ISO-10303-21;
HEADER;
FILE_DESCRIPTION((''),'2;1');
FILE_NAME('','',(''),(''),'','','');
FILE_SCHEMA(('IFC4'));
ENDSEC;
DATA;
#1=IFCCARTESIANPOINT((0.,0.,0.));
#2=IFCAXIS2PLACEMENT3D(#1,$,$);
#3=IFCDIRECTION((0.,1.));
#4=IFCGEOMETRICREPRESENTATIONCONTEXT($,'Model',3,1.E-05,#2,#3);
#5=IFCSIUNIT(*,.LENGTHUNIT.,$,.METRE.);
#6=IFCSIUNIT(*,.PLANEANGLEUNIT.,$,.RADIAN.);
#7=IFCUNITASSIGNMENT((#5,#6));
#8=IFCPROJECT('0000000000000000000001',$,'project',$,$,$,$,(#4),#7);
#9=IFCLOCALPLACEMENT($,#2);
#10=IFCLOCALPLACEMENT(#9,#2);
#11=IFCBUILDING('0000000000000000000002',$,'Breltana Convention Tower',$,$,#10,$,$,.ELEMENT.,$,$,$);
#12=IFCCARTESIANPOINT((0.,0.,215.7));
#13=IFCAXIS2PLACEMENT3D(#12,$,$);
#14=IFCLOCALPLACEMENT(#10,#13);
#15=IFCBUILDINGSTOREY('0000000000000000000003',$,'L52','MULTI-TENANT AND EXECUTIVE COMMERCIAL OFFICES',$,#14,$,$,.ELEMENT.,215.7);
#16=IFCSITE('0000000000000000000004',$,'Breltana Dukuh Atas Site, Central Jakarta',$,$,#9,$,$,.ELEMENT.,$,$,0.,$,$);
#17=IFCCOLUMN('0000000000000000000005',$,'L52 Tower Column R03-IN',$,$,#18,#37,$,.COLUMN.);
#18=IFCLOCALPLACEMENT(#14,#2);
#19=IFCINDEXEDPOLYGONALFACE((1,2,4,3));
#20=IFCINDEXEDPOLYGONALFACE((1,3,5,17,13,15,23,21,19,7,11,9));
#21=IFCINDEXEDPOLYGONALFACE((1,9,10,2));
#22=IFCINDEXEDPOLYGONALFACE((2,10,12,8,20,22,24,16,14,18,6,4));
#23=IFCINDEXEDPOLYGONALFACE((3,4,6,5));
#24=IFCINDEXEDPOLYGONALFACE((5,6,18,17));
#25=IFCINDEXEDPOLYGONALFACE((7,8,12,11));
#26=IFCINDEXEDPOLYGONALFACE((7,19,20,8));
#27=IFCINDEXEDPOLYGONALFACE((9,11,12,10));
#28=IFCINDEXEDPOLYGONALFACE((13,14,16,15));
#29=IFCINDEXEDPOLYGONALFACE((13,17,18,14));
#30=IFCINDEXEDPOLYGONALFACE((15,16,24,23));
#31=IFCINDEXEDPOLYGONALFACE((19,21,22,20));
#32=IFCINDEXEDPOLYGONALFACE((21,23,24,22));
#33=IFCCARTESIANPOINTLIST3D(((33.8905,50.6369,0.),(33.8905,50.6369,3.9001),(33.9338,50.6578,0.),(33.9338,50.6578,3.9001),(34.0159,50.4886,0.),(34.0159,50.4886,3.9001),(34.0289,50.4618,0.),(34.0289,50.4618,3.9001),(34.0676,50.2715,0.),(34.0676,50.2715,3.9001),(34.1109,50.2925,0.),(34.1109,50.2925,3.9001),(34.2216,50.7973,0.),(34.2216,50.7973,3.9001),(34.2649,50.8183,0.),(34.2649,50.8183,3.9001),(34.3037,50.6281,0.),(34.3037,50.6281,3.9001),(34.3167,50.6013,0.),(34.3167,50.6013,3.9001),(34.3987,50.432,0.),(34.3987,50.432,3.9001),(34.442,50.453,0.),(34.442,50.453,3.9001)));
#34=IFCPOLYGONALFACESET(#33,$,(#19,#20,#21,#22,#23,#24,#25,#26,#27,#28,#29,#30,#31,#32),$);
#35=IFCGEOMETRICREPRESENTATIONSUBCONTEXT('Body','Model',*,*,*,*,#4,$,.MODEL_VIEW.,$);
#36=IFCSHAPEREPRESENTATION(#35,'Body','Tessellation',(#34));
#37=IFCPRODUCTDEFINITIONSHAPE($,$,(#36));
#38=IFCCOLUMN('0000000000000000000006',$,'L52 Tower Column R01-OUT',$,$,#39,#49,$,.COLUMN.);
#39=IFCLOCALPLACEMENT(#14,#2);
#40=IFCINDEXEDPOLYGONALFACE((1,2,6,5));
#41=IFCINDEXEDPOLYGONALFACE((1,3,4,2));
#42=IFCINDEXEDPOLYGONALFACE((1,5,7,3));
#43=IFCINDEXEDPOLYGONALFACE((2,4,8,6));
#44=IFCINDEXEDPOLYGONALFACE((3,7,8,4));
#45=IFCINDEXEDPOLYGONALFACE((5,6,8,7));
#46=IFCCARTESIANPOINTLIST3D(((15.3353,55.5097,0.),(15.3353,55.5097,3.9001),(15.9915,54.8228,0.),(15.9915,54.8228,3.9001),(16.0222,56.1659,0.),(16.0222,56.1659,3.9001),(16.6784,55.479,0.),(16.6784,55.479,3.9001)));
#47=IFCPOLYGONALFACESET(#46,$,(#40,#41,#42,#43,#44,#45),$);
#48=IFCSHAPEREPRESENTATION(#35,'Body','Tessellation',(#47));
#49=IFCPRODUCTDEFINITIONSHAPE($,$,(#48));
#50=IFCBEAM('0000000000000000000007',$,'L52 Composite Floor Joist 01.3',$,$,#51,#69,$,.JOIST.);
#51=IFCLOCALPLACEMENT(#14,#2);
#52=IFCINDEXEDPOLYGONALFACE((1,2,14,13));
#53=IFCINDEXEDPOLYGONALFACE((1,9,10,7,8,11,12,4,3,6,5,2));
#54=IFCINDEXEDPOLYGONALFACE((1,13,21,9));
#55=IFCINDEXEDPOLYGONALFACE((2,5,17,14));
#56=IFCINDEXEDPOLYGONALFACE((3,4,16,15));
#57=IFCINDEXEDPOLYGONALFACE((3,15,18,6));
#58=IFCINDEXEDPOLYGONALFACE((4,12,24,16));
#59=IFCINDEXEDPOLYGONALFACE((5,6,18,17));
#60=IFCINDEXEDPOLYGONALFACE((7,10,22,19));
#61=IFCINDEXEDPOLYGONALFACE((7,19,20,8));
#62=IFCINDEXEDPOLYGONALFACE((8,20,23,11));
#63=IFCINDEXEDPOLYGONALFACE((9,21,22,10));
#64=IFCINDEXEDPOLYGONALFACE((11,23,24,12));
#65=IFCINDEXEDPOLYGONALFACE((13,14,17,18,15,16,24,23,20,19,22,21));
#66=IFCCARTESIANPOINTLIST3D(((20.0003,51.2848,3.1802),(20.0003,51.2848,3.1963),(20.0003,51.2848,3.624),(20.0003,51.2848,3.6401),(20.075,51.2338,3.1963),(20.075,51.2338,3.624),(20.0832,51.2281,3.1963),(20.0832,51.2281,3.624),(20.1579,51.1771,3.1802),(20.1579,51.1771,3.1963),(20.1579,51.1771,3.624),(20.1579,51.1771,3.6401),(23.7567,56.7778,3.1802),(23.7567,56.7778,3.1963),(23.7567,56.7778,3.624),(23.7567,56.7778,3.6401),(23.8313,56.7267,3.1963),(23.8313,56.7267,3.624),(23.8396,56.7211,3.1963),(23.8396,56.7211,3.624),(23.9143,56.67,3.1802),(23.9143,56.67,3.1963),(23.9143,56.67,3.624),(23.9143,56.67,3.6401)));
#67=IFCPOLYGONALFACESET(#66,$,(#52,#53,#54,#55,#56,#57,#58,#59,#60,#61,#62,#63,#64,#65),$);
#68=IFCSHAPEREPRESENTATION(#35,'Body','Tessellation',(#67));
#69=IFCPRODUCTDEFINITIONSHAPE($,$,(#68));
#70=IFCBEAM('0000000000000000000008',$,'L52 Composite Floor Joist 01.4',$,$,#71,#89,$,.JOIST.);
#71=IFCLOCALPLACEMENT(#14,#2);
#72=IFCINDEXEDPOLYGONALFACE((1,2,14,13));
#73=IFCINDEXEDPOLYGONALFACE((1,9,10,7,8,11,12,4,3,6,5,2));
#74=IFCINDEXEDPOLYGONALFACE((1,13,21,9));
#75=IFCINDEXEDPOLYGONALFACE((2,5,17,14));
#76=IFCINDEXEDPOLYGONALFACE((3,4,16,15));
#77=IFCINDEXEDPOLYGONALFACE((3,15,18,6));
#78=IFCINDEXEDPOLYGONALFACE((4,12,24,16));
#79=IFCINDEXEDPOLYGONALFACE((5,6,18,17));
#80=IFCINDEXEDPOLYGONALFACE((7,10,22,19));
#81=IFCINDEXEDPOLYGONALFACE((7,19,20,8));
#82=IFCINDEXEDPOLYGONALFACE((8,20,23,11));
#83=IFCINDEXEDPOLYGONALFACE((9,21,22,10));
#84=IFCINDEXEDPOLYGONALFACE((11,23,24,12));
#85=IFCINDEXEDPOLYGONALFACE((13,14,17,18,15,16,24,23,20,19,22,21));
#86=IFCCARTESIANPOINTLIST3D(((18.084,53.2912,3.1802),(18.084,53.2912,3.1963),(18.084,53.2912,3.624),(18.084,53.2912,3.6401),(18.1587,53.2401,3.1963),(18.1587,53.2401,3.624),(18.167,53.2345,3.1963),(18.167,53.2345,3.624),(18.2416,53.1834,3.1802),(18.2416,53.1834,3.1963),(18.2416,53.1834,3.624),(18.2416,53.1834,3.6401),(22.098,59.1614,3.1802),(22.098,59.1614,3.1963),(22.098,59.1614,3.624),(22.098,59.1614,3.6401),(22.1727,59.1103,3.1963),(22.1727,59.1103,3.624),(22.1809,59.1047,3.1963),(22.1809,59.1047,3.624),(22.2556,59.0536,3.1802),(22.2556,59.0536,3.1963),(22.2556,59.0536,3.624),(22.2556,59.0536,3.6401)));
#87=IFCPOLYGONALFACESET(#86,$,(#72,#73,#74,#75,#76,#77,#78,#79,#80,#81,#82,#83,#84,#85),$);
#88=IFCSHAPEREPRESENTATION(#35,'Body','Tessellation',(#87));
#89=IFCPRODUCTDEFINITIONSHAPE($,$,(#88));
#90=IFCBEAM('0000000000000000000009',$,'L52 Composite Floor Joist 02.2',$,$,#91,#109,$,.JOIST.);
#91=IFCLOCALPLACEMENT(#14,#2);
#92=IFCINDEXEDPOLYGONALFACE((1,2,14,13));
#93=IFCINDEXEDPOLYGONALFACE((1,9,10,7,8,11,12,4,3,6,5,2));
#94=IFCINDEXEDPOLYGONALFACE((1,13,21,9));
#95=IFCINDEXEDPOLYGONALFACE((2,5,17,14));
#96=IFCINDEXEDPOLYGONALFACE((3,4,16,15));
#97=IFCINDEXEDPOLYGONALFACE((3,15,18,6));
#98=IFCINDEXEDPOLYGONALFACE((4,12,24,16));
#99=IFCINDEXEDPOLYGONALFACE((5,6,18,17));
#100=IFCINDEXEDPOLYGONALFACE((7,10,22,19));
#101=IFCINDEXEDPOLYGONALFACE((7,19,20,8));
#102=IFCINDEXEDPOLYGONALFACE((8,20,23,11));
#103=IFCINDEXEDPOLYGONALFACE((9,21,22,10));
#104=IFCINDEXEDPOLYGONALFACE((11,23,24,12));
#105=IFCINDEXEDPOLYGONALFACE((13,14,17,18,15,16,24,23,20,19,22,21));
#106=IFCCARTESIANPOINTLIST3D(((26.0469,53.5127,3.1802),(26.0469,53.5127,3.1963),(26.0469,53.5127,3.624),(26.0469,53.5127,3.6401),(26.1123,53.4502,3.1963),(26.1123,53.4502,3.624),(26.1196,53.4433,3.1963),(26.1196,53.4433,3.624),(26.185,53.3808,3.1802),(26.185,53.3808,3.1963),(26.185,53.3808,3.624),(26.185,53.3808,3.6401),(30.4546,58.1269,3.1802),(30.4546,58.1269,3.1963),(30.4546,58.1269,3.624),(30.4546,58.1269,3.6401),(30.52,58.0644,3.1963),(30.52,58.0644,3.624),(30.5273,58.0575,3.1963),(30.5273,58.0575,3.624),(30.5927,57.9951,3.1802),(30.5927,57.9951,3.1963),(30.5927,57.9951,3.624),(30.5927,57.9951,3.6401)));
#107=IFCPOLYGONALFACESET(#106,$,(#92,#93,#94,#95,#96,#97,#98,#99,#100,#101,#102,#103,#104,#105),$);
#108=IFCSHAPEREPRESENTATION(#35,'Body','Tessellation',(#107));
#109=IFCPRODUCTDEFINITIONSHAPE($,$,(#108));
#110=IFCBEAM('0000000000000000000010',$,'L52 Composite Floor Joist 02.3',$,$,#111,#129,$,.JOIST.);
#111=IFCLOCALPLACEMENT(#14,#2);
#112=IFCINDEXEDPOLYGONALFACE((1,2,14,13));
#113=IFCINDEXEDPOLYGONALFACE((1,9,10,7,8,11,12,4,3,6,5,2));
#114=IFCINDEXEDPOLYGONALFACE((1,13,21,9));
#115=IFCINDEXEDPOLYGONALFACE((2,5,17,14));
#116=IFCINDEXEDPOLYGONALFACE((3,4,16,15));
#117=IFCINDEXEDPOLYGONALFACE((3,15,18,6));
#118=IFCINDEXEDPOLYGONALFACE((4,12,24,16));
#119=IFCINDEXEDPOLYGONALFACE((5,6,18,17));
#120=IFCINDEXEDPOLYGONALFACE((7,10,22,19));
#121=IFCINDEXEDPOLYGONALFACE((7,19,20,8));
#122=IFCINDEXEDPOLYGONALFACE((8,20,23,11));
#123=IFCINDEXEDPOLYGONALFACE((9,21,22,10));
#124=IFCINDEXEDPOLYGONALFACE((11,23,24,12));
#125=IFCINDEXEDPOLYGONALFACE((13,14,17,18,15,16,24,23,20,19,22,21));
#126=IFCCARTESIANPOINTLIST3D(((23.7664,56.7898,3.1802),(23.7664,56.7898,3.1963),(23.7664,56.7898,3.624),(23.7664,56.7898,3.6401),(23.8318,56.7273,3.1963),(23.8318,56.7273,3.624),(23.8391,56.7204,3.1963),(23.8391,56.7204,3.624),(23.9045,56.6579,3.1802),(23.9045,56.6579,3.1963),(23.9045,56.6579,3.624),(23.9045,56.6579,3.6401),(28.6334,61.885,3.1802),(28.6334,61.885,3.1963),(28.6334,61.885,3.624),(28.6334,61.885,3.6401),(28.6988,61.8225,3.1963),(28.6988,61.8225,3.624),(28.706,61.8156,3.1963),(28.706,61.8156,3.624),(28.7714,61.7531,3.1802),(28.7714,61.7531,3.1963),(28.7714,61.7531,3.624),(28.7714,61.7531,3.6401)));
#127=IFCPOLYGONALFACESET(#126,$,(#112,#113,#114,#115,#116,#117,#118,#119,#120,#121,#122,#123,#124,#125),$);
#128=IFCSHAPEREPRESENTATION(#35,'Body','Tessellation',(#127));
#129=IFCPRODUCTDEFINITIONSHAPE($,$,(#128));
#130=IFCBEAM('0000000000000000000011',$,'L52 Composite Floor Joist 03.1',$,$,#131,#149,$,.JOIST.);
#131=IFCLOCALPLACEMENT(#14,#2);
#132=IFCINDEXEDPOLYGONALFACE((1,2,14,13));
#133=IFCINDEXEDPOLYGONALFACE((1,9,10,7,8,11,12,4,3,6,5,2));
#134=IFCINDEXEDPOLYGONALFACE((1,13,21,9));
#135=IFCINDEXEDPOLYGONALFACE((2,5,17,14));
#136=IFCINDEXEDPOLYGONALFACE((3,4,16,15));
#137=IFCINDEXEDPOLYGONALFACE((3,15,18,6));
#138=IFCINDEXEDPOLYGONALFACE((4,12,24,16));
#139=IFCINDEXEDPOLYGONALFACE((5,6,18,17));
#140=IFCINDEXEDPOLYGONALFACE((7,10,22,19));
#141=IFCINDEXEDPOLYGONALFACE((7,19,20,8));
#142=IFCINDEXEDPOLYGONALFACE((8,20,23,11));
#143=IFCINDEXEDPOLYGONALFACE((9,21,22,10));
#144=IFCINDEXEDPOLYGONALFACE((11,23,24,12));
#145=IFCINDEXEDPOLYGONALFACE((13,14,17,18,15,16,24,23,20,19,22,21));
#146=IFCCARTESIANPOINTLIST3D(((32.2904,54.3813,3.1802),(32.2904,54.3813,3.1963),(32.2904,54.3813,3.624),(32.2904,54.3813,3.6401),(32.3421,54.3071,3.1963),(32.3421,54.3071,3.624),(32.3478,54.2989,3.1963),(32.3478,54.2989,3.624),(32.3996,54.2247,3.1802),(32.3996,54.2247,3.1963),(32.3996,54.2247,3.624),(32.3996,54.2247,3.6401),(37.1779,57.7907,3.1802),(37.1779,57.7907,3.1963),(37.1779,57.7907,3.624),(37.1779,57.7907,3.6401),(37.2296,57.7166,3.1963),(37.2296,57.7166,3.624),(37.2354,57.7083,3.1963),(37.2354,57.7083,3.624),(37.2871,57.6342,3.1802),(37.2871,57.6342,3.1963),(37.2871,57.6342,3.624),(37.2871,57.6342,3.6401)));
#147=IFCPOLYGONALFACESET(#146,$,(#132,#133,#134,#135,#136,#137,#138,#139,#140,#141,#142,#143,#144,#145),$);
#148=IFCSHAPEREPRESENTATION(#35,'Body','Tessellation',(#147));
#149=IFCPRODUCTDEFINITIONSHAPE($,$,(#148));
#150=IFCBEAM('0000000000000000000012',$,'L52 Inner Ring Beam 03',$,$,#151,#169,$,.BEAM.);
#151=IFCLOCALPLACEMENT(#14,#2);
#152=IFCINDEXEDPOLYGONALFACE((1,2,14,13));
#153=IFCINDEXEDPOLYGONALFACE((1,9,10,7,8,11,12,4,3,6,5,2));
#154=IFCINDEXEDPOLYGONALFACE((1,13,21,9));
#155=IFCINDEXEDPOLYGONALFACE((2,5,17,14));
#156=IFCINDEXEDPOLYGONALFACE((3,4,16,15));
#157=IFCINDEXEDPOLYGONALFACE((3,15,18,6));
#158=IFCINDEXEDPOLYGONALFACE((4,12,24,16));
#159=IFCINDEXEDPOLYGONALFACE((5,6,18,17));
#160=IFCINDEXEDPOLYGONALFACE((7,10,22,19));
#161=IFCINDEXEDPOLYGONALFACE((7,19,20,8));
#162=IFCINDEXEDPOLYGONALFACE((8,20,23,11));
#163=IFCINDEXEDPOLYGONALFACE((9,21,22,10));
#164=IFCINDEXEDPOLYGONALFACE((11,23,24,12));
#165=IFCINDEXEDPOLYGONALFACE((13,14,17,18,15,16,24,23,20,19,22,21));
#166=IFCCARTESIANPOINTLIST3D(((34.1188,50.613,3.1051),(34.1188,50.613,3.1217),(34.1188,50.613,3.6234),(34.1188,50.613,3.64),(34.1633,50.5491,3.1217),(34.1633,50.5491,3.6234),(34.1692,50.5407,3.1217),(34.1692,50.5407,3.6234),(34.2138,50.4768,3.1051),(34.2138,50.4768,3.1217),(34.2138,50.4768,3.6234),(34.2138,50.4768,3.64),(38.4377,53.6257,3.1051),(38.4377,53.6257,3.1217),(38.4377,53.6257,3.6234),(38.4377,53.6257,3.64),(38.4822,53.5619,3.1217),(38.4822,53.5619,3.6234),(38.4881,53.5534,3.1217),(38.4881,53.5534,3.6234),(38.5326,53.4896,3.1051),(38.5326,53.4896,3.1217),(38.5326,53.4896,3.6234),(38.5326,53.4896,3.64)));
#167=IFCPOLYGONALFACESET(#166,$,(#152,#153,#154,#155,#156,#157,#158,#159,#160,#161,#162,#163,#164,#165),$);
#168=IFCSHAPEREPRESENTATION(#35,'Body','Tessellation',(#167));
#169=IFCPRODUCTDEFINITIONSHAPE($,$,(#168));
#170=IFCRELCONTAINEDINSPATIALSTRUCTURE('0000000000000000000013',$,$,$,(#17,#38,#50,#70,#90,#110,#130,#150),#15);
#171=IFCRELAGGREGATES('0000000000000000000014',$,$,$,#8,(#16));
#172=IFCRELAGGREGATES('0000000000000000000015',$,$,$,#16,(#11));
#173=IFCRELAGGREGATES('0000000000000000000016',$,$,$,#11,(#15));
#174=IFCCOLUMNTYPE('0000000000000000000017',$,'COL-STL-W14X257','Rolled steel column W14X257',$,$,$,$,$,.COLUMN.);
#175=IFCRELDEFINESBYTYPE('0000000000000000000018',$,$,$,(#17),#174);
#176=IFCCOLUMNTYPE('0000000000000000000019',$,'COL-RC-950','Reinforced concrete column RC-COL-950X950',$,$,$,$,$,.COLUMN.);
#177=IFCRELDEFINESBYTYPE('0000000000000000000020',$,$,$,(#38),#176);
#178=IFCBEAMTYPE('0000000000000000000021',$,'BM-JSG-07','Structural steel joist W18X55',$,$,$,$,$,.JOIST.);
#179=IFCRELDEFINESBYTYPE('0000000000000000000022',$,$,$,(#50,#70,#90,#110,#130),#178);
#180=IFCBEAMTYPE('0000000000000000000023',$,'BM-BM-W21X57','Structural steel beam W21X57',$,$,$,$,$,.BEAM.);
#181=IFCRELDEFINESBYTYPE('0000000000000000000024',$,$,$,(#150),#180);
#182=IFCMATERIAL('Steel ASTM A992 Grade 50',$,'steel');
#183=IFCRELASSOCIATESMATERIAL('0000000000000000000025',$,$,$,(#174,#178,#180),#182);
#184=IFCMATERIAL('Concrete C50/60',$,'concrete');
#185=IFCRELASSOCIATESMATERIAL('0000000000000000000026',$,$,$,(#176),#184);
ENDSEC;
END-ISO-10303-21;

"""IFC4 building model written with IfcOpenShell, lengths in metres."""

from ifc_helpers import new_model, si_unit, direction, frame, origin, origin_2d, place, context, subcontext, project, spatial, rectangle, i_section, extrude, source, transform, mapped, material, material_profile, profile_set, type_object, element, save


model = new_model("IFC4")

# Units and contexts
model_context = context("Model", 3, precision=1e-05, world=origin(), true_north=direction((0.0, 1.0)))
body_context = subcontext(model_context, "Body", "Model", "MODEL_VIEW")
ifc_project = project(units=[si_unit("LENGTHUNIT", "METRE"), si_unit("PLANEANGLEUNIT", "RADIAN")], contexts=[model_context])

# Site, building, storey
site_placement = place(None, origin())
site = spatial("IfcSite", under=ifc_project, at=site_placement, Name="Breltana Dukuh Atas Site, Central Jakarta", CompositionType="ELEMENT", RefElevation=0.0)
building_placement = place(site_placement, origin())
building = spatial("IfcBuilding", under=site, at=building_placement, Name="Breltana Convention Tower", CompositionType="ELEMENT")
storey_placement = place(building_placement, frame((0.0, 0.0, 215.7)))
storey = spatial("IfcBuildingStorey", under=building, at=storey_placement, Name="L52", Description="MULTI-TENANT AND EXECUTIVE COMMERCIAL OFFICES", CompositionType="ELEMENT", Elevation=215.7)

# Columns
ifc_material_1 = material(Name="Steel ASTM A992 Grade 50", Category="steel")
ifc_material_profile_1 = material_profile(ifc_material_1, i_section(OverallWidth=0.406, OverallDepth=0.416, WebThickness=0.0298, FlangeThickness=0.0481, at=origin_2d()), Name="W14X257")
ifc_profile_set_1 = profile_set([ifc_material_profile_1], Name="Steel ASTM A992 Grade 50")
column_type_1 = type_object("IfcColumnType", Name="COL-STL-W14X257", Description="Rolled steel column W14X257", PredefinedType="COLUMN", material=ifc_profile_set_1)
shared_shape_1 = source(origin(), body_context, "Body", "SweptSolid", [
    extrude(i_section(OverallWidth=0.406, OverallDepth=0.416, WebThickness=0.0298, FlangeThickness=0.0481, at=origin_2d()), origin(), (0.0, 0.0, 1.0), 3.9001),
])
column_1_placement = place(storey_placement, frame((34.1663, 50.5449, 0.0), z_axis=(0.0, 0.0, 1.0), x_axis=(-0.436174, 0.899863, 0.0)))
element("IfcColumn", 1, at=column_1_placement, inside=storey, type_object=column_type_1, Name="L52 Tower Column R03-IN", PredefinedType="COLUMN", context=body_context, shape_type="MappedRepresentation", body=[
    mapped(shared_shape_1, transform((0.0, 0.0, 0.0), scale=1.0)),
])
ifc_material_2 = material(Name="Concrete C50/60", Category="concrete")
ifc_material_profile_2 = material_profile(ifc_material_2, rectangle(XDim=0.95, YDim=0.95, at=origin_2d()), Name="RC-COL-950X950")
ifc_profile_set_2 = profile_set([ifc_material_profile_2], Name="Concrete C50/60")
column_type_2 = type_object("IfcColumnType", Name="COL-RC-950", Description="Reinforced concrete column RC-COL-950X950", PredefinedType="COLUMN", material=ifc_profile_set_2)
shared_shape_2 = source(origin(), body_context, "Body", "SweptSolid", [
    extrude(rectangle(XDim=0.95, YDim=0.95, at=origin_2d()), origin(), (0.0, 0.0, 1.0), 3.9001),
])
column_2_placement = place(storey_placement, frame((16.0068, 55.4944, 0.0), z_axis=(0.0, 0.0, 1.0), x_axis=(-0.690756, 0.723088, 0.0)))
element("IfcColumn", 2, at=column_2_placement, inside=storey, type_object=column_type_2, Name="L52 Tower Column R01-OUT", PredefinedType="COLUMN", context=body_context, shape_type="MappedRepresentation", body=[
    mapped(shared_shape_2, transform((0.0, 0.0, 0.0), scale=1.0)),
])

# Beams
ifc_material_profile_3 = material_profile(ifc_material_1, i_section(OverallWidth=0.1909, OverallDepth=0.46, WebThickness=0.01, FlangeThickness=0.0161, at=origin_2d()), Name="W18X55")
ifc_profile_set_3 = profile_set([ifc_material_profile_3], Name="Steel ASTM A992 Grade 50")
beam_type_1 = type_object("IfcBeamType", Name="BM-JSG-07", Description="Structural steel joist W18X55", PredefinedType="JOIST", material=ifc_profile_set_3)
shared_shape_3 = source(origin(), body_context, "Body", "SweptSolid", [
    extrude(i_section(OverallWidth=0.1909, OverallDepth=0.46, WebThickness=0.01, FlangeThickness=0.0161, at=origin_2d()), origin(), (0.0, 0.0, 1.0), 6.6545),
])
beam_1_placement = place(storey_placement, frame((20.0791, 51.231, 3.4102), z_axis=(0.564483, 0.825445, 0.0), x_axis=(-0.825445, 0.564483, 0.0)))
element("IfcBeam", 3, at=beam_1_placement, inside=storey, type_object=beam_type_1, Name="L52 Composite Floor Joist 01.3", PredefinedType="JOIST", context=body_context, shape_type="MappedRepresentation", body=[
    mapped(shared_shape_3, transform((0.0, 0.0, 0.0), scale=1.0)),
])
shared_shape_4 = source(origin(), body_context, "Body", "SweptSolid", [
    extrude(i_section(OverallWidth=0.1909, OverallDepth=0.46, WebThickness=0.01, FlangeThickness=0.0161, at=origin_2d()), origin(), (0.0, 0.0, 1.0), 7.1113),
])
beam_2_placement = place(storey_placement, frame((18.1628, 53.2373, 3.4102), z_axis=(0.564446, 0.82547, 0.0), x_axis=(-0.82547, 0.564446, 0.0)))
element("IfcBeam", 4, at=beam_2_placement, inside=storey, type_object=beam_type_1, Name="L52 Composite Floor Joist 01.4", PredefinedType="JOIST", context=body_context, shape_type="MappedRepresentation", body=[
    mapped(shared_shape_4, transform((0.0, 0.0, 0.0), scale=1.0)),
])
shared_shape_5 = source(origin(), body_context, "Body", "SweptSolid", [
    extrude(i_section(OverallWidth=0.1909, OverallDepth=0.46, WebThickness=0.01, FlangeThickness=0.0161, at=origin_2d()), origin(), (0.0, 0.0, 1.0), 6.3811),
])
beam_3_placement = place(storey_placement, frame((26.116, 53.4468, 3.4102), z_axis=(0.690738, 0.723105, 0.0), x_axis=(-0.723105, 0.690738, 0.0)))
element("IfcBeam", 5, at=beam_3_placement, inside=storey, type_object=beam_type_1, Name="L52 Composite Floor Joist 02.2", PredefinedType="JOIST", context=body_context, shape_type="MappedRepresentation", body=[
    mapped(shared_shape_5, transform((0.0, 0.0, 0.0), scale=1.0)),
])
shared_shape_6 = source(origin(), body_context, "Body", "SweptSolid", [
    extrude(i_section(OverallWidth=0.1909, OverallDepth=0.46, WebThickness=0.01, FlangeThickness=0.0161, at=origin_2d()), origin(), (0.0, 0.0, 1.0), 7.0461),
])
beam_4_placement = place(storey_placement, frame((23.8354, 56.7239, 3.4102), z_axis=(0.690723, 0.72312, 0.0), x_axis=(-0.72312, 0.690723, 0.0)))
element("IfcBeam", 6, at=beam_4_placement, inside=storey, type_object=beam_type_1, Name="L52 Composite Floor Joist 02.3", PredefinedType="JOIST", context=body_context, shape_type="MappedRepresentation", body=[
    mapped(shared_shape_6, transform((0.0, 0.0, 0.0), scale=1.0)),
])
shared_shape_7 = source(origin(), body_context, "Body", "SweptSolid", [
    extrude(i_section(OverallWidth=0.1909, OverallDepth=0.46, WebThickness=0.01, FlangeThickness=0.0161, at=origin_2d()), origin(), (0.0, 0.0, 1.0), 5.9592),
])
beam_5_placement = place(storey_placement, frame((32.345, 54.303, 3.4102), z_axis=(0.82016, 0.572134, 0.0), x_axis=(-0.572134, 0.82016, 0.0)))
element("IfcBeam", 7, at=beam_5_placement, inside=storey, type_object=beam_type_1, Name="L52 Composite Floor Joist 03.1", PredefinedType="JOIST", context=body_context, shape_type="MappedRepresentation", body=[
    mapped(shared_shape_7, transform((0.0, 0.0, 0.0), scale=1.0)),
])
ifc_material_profile_4 = material_profile(ifc_material_1, i_section(OverallWidth=0.166, OverallDepth=0.5349, WebThickness=0.0103, FlangeThickness=0.0166, at=origin_2d()), Name="W21X57")
ifc_profile_set_4 = profile_set([ifc_material_profile_4], Name="Steel ASTM A992 Grade 50")
beam_type_2 = type_object("IfcBeamType", Name="BM-BM-W21X57", Description="Structural steel beam W21X57", PredefinedType="BEAM", material=ifc_profile_set_4)
shared_shape_8 = source(origin(), body_context, "Body", "SweptSolid", [
    extrude(i_section(OverallWidth=0.166, OverallDepth=0.5349, WebThickness=0.0103, FlangeThickness=0.0166, at=origin_2d()), origin(), (0.0, 0.0, 1.0), 5.2659),
])
beam_6_placement = place(storey_placement, frame((34.1663, 50.5449, 3.3726), z_axis=(0.820167, 0.572124, 0.0), x_axis=(-0.572124, 0.820167, 0.0)))
element("IfcBeam", 8, at=beam_6_placement, inside=storey, type_object=beam_type_2, Name="L52 Inner Ring Beam 03", PredefinedType="BEAM", context=body_context, shape_type="MappedRepresentation", body=[
    mapped(shared_shape_8, transform((0.0, 0.0, 0.0), scale=1.0)),
])

save(model, "model.ifc")
